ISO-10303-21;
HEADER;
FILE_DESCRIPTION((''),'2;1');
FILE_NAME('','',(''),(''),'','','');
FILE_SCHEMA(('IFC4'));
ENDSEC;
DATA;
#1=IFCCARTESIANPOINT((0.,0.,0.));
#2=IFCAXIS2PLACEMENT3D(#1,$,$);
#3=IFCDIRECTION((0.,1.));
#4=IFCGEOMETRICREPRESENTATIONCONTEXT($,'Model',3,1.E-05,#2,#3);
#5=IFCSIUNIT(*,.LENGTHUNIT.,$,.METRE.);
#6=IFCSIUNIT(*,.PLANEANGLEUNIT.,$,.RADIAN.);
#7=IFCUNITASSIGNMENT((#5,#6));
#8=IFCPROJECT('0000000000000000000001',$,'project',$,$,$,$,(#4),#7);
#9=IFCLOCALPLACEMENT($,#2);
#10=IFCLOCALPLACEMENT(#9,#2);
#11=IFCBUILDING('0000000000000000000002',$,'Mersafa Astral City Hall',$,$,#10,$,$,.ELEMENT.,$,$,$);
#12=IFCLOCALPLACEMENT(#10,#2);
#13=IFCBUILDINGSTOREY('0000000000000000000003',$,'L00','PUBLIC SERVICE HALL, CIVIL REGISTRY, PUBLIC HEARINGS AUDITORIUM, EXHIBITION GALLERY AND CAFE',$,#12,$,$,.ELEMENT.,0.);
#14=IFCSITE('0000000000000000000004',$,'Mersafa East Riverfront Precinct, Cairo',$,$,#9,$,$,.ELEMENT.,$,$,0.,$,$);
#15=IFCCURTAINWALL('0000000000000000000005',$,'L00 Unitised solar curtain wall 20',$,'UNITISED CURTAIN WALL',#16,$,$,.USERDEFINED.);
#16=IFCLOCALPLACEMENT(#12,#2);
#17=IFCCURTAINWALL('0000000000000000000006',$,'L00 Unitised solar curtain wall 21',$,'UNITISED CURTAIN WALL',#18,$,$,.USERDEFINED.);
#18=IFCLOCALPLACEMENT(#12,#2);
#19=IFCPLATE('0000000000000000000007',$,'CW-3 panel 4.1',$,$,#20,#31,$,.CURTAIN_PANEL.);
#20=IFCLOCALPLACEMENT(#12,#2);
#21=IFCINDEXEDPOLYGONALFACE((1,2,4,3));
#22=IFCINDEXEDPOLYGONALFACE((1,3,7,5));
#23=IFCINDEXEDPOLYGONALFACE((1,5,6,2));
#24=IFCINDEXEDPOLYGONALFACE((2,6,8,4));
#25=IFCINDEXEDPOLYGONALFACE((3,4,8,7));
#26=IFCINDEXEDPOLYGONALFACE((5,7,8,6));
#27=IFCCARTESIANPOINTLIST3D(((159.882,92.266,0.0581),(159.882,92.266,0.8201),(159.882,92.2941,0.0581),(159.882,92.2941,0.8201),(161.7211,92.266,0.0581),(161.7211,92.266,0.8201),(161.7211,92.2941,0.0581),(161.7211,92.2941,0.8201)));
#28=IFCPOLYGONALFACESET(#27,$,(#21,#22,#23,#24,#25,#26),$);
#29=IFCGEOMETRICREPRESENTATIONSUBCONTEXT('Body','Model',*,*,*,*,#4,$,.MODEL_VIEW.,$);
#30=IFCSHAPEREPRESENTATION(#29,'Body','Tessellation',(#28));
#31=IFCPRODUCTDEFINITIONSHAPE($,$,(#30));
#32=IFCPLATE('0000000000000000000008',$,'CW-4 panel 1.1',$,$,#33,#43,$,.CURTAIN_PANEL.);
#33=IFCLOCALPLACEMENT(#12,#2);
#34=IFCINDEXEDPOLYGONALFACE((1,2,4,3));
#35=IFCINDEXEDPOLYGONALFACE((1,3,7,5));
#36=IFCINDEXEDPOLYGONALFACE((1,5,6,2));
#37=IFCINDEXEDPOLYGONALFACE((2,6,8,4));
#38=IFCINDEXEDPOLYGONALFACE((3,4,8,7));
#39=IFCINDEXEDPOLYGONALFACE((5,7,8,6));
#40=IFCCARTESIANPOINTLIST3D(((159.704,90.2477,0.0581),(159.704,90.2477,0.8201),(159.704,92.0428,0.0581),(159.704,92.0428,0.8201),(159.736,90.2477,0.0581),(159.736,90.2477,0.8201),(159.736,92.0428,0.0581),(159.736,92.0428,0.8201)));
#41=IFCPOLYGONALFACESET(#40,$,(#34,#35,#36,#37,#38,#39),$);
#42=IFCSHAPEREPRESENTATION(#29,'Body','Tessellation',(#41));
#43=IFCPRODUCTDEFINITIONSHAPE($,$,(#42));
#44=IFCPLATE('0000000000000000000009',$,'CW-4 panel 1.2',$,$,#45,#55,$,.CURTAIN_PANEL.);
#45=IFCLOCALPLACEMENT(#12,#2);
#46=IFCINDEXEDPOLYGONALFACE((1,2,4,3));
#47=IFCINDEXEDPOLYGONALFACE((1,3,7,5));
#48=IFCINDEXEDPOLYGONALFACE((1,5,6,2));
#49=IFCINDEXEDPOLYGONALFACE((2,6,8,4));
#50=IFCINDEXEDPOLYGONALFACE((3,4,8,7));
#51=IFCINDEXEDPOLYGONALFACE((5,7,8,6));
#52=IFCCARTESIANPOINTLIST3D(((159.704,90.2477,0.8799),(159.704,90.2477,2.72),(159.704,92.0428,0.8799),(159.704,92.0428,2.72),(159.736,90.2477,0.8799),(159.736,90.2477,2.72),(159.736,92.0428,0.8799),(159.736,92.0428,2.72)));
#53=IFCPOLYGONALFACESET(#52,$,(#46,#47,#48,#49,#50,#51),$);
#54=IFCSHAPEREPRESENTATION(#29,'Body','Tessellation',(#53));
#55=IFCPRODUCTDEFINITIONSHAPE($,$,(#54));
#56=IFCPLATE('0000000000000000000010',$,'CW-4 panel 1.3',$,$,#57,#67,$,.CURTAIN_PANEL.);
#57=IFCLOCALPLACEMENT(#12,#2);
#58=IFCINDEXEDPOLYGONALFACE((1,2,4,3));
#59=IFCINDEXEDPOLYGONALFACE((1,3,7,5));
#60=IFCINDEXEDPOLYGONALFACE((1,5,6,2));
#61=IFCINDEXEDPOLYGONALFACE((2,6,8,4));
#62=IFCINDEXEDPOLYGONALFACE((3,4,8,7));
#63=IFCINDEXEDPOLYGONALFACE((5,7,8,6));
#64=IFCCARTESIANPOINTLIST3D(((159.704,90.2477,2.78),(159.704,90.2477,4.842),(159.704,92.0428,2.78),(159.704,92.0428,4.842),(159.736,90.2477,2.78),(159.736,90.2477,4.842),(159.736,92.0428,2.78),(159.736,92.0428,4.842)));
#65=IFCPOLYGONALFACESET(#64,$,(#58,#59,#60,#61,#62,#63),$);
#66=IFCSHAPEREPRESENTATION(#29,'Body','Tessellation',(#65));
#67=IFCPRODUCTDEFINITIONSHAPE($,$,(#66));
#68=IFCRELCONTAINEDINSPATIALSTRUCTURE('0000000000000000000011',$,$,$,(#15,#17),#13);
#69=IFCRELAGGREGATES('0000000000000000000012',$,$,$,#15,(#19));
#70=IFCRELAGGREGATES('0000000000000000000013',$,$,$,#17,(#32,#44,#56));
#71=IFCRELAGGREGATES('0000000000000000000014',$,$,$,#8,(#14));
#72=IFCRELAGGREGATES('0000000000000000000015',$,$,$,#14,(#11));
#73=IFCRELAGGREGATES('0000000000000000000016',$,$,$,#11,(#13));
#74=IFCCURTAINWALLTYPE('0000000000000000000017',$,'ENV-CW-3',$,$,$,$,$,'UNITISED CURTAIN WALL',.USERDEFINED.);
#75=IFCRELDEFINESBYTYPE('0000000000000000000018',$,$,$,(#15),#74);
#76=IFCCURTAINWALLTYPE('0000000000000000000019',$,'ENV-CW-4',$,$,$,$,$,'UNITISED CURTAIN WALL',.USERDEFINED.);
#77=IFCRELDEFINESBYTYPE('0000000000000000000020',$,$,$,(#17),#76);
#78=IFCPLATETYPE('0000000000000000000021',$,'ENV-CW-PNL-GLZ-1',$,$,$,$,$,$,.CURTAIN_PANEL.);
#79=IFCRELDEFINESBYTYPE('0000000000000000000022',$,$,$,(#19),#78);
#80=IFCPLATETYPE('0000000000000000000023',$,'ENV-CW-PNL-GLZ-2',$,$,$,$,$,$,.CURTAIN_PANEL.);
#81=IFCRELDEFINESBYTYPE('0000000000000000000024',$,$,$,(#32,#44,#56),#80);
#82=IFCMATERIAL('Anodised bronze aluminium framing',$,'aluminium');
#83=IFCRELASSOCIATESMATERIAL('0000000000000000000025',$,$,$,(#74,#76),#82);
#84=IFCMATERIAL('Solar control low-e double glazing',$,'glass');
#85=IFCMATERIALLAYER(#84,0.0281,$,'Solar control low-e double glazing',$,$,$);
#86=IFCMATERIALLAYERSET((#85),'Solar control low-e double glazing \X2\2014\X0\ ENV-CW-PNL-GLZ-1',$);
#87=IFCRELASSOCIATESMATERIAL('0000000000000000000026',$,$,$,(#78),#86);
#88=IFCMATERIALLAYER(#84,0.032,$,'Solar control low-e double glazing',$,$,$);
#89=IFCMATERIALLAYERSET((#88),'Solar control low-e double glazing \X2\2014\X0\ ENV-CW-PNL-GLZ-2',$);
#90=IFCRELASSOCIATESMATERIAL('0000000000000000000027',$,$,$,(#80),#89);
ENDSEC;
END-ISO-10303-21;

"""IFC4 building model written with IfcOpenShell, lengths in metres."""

from ifc_helpers import new_model, si_unit, direction, frame, origin, origin_2d, place, context, subcontext, project, spatial, rectangle, extrude, material, layer, layer_set, type_object, element, aggregate, save


model = new_model("IFC4")

# Units and contexts
model_context = context("Model", 3, precision=1e-05, world=origin(), true_north=direction((0.0, 1.0)))
body_context = subcontext(model_context, "Body", "Model", "MODEL_VIEW")
ifc_project = project(units=[si_unit("LENGTHUNIT", "METRE"), si_unit("PLANEANGLEUNIT", "RADIAN")], contexts=[model_context])

# Site, building, storey
site_placement = place(None, origin())
site = spatial("IfcSite", under=ifc_project, at=site_placement, Name="Mersafa East Riverfront Precinct, Cairo", CompositionType="ELEMENT", RefElevation=0.0)
building_placement = place(site_placement, origin())
building = spatial("IfcBuilding", under=site, at=building_placement, Name="Mersafa Astral City Hall", CompositionType="ELEMENT")
storey_placement = place(building_placement, origin())
storey = spatial("IfcBuildingStorey", under=building, at=storey_placement, Name="L00", Description="PUBLIC SERVICE HALL, CIVIL REGISTRY, PUBLIC HEARINGS AUDITORIUM, EXHIBITION GALLERY AND CAFE", CompositionType="ELEMENT", Elevation=0.0)

# Curtain wall
ifc_material_1 = material(Name="Anodised bronze aluminium framing", Category="aluminium")
curtain_wall_type_1 = type_object("IfcCurtainWallType", Name="ENV-CW-3", ElementType="UNITISED CURTAIN WALL", PredefinedType="USERDEFINED", material=ifc_material_1)
curtain_wall_1_placement = place(storey_placement, origin())
curtain_wall_1 = element("IfcCurtainWall", 1, at=curtain_wall_1_placement, inside=storey, type_object=curtain_wall_type_1, Name="L00 Unitised solar curtain wall 20", ObjectType="UNITISED CURTAIN WALL", PredefinedType="USERDEFINED")

# Curtain wall
curtain_wall_type_2 = type_object("IfcCurtainWallType", Name="ENV-CW-4", ElementType="UNITISED CURTAIN WALL", PredefinedType="USERDEFINED", material=ifc_material_1)
curtain_wall_2_placement = place(storey_placement, origin())
curtain_wall_2 = element("IfcCurtainWall", 2, at=curtain_wall_2_placement, inside=storey, type_object=curtain_wall_type_2, Name="L00 Unitised solar curtain wall 21", ObjectType="UNITISED CURTAIN WALL", PredefinedType="USERDEFINED")

# Plates
ifc_material_2 = material(Name="Solar control low-e double glazing", Category="glass")
ifc_layer_1 = layer(ifc_material_2, 0.0281, Name="Solar control low-e double glazing")
ifc_layer_set_1 = layer_set([ifc_layer_1], Name="Solar control low-e double glazing — ENV-CW-PNL-GLZ-1")
plate_type_1 = type_object("IfcPlateType", Name="ENV-CW-PNL-GLZ-1", PredefinedType="CURTAIN_PANEL", material=ifc_layer_set_1)
plate_1_placement = place(storey_placement, frame((160.8015, 92.28, 0.0581), z_axis=(0.0, 0.0, 1.0), x_axis=(-1.0, 0.0, 0.0)))
plate_1 = element("IfcPlate", 3, at=plate_1_placement, type_object=plate_type_1, Name="CW-3 panel 4.1", PredefinedType="CURTAIN_PANEL", context=body_context, shape_type="SweptSolid", body=[
    extrude(rectangle(XDim=1.8391, YDim=0.0281, at=origin_2d()), origin(), (0.0, 0.0, 1.0), 0.762),
])
aggregate(curtain_wall_1, [plate_1])
ifc_layer_2 = layer(ifc_material_2, 0.032, Name="Solar control low-e double glazing")
ifc_layer_set_2 = layer_set([ifc_layer_2], Name="Solar control low-e double glazing — ENV-CW-PNL-GLZ-2")
plate_type_2 = type_object("IfcPlateType", Name="ENV-CW-PNL-GLZ-2", PredefinedType="CURTAIN_PANEL", material=ifc_layer_set_2)
plate_2_placement = place(storey_placement, frame((159.72, 91.1453, 0.0581), z_axis=(0.0, 0.0, 1.0), x_axis=(0.0, -1.0, 0.0)))
plate_2 = element("IfcPlate", 4, at=plate_2_placement, type_object=plate_type_2, Name="CW-4 panel 1.1", PredefinedType="CURTAIN_PANEL", context=body_context, shape_type="SweptSolid", body=[
    extrude(rectangle(XDim=1.7952, YDim=0.032, at=origin_2d()), origin(), (0.0, 0.0, 1.0), 0.762),
])
plate_3_placement = place(storey_placement, frame((159.72, 91.1453, 0.8799), z_axis=(0.0, 0.0, 1.0), x_axis=(0.0, -1.0, 0.0)))
plate_3 = element("IfcPlate", 5, at=plate_3_placement, type_object=plate_type_2, Name="CW-4 panel 1.2", PredefinedType="CURTAIN_PANEL", context=body_context, shape_type="SweptSolid", body=[
    extrude(rectangle(XDim=1.7952, YDim=0.032, at=origin_2d()), origin(), (0.0, 0.0, 1.0), 1.8401),
])
plate_4_placement = place(storey_placement, frame((159.72, 91.1453, 2.78), z_axis=(0.0, 0.0, 1.0), x_axis=(0.0, -1.0, 0.0)))
plate_4 = element("IfcPlate", 6, at=plate_4_placement, type_object=plate_type_2, Name="CW-4 panel 1.3", PredefinedType="CURTAIN_PANEL", context=body_context, shape_type="SweptSolid", body=[
    extrude(rectangle(XDim=1.7952, YDim=0.032, at=origin_2d()), origin(), (0.0, 0.0, 1.0), 2.062),
])
aggregate(curtain_wall_2, [plate_2, plate_3, plate_4])

save(model, "model.ifc")
